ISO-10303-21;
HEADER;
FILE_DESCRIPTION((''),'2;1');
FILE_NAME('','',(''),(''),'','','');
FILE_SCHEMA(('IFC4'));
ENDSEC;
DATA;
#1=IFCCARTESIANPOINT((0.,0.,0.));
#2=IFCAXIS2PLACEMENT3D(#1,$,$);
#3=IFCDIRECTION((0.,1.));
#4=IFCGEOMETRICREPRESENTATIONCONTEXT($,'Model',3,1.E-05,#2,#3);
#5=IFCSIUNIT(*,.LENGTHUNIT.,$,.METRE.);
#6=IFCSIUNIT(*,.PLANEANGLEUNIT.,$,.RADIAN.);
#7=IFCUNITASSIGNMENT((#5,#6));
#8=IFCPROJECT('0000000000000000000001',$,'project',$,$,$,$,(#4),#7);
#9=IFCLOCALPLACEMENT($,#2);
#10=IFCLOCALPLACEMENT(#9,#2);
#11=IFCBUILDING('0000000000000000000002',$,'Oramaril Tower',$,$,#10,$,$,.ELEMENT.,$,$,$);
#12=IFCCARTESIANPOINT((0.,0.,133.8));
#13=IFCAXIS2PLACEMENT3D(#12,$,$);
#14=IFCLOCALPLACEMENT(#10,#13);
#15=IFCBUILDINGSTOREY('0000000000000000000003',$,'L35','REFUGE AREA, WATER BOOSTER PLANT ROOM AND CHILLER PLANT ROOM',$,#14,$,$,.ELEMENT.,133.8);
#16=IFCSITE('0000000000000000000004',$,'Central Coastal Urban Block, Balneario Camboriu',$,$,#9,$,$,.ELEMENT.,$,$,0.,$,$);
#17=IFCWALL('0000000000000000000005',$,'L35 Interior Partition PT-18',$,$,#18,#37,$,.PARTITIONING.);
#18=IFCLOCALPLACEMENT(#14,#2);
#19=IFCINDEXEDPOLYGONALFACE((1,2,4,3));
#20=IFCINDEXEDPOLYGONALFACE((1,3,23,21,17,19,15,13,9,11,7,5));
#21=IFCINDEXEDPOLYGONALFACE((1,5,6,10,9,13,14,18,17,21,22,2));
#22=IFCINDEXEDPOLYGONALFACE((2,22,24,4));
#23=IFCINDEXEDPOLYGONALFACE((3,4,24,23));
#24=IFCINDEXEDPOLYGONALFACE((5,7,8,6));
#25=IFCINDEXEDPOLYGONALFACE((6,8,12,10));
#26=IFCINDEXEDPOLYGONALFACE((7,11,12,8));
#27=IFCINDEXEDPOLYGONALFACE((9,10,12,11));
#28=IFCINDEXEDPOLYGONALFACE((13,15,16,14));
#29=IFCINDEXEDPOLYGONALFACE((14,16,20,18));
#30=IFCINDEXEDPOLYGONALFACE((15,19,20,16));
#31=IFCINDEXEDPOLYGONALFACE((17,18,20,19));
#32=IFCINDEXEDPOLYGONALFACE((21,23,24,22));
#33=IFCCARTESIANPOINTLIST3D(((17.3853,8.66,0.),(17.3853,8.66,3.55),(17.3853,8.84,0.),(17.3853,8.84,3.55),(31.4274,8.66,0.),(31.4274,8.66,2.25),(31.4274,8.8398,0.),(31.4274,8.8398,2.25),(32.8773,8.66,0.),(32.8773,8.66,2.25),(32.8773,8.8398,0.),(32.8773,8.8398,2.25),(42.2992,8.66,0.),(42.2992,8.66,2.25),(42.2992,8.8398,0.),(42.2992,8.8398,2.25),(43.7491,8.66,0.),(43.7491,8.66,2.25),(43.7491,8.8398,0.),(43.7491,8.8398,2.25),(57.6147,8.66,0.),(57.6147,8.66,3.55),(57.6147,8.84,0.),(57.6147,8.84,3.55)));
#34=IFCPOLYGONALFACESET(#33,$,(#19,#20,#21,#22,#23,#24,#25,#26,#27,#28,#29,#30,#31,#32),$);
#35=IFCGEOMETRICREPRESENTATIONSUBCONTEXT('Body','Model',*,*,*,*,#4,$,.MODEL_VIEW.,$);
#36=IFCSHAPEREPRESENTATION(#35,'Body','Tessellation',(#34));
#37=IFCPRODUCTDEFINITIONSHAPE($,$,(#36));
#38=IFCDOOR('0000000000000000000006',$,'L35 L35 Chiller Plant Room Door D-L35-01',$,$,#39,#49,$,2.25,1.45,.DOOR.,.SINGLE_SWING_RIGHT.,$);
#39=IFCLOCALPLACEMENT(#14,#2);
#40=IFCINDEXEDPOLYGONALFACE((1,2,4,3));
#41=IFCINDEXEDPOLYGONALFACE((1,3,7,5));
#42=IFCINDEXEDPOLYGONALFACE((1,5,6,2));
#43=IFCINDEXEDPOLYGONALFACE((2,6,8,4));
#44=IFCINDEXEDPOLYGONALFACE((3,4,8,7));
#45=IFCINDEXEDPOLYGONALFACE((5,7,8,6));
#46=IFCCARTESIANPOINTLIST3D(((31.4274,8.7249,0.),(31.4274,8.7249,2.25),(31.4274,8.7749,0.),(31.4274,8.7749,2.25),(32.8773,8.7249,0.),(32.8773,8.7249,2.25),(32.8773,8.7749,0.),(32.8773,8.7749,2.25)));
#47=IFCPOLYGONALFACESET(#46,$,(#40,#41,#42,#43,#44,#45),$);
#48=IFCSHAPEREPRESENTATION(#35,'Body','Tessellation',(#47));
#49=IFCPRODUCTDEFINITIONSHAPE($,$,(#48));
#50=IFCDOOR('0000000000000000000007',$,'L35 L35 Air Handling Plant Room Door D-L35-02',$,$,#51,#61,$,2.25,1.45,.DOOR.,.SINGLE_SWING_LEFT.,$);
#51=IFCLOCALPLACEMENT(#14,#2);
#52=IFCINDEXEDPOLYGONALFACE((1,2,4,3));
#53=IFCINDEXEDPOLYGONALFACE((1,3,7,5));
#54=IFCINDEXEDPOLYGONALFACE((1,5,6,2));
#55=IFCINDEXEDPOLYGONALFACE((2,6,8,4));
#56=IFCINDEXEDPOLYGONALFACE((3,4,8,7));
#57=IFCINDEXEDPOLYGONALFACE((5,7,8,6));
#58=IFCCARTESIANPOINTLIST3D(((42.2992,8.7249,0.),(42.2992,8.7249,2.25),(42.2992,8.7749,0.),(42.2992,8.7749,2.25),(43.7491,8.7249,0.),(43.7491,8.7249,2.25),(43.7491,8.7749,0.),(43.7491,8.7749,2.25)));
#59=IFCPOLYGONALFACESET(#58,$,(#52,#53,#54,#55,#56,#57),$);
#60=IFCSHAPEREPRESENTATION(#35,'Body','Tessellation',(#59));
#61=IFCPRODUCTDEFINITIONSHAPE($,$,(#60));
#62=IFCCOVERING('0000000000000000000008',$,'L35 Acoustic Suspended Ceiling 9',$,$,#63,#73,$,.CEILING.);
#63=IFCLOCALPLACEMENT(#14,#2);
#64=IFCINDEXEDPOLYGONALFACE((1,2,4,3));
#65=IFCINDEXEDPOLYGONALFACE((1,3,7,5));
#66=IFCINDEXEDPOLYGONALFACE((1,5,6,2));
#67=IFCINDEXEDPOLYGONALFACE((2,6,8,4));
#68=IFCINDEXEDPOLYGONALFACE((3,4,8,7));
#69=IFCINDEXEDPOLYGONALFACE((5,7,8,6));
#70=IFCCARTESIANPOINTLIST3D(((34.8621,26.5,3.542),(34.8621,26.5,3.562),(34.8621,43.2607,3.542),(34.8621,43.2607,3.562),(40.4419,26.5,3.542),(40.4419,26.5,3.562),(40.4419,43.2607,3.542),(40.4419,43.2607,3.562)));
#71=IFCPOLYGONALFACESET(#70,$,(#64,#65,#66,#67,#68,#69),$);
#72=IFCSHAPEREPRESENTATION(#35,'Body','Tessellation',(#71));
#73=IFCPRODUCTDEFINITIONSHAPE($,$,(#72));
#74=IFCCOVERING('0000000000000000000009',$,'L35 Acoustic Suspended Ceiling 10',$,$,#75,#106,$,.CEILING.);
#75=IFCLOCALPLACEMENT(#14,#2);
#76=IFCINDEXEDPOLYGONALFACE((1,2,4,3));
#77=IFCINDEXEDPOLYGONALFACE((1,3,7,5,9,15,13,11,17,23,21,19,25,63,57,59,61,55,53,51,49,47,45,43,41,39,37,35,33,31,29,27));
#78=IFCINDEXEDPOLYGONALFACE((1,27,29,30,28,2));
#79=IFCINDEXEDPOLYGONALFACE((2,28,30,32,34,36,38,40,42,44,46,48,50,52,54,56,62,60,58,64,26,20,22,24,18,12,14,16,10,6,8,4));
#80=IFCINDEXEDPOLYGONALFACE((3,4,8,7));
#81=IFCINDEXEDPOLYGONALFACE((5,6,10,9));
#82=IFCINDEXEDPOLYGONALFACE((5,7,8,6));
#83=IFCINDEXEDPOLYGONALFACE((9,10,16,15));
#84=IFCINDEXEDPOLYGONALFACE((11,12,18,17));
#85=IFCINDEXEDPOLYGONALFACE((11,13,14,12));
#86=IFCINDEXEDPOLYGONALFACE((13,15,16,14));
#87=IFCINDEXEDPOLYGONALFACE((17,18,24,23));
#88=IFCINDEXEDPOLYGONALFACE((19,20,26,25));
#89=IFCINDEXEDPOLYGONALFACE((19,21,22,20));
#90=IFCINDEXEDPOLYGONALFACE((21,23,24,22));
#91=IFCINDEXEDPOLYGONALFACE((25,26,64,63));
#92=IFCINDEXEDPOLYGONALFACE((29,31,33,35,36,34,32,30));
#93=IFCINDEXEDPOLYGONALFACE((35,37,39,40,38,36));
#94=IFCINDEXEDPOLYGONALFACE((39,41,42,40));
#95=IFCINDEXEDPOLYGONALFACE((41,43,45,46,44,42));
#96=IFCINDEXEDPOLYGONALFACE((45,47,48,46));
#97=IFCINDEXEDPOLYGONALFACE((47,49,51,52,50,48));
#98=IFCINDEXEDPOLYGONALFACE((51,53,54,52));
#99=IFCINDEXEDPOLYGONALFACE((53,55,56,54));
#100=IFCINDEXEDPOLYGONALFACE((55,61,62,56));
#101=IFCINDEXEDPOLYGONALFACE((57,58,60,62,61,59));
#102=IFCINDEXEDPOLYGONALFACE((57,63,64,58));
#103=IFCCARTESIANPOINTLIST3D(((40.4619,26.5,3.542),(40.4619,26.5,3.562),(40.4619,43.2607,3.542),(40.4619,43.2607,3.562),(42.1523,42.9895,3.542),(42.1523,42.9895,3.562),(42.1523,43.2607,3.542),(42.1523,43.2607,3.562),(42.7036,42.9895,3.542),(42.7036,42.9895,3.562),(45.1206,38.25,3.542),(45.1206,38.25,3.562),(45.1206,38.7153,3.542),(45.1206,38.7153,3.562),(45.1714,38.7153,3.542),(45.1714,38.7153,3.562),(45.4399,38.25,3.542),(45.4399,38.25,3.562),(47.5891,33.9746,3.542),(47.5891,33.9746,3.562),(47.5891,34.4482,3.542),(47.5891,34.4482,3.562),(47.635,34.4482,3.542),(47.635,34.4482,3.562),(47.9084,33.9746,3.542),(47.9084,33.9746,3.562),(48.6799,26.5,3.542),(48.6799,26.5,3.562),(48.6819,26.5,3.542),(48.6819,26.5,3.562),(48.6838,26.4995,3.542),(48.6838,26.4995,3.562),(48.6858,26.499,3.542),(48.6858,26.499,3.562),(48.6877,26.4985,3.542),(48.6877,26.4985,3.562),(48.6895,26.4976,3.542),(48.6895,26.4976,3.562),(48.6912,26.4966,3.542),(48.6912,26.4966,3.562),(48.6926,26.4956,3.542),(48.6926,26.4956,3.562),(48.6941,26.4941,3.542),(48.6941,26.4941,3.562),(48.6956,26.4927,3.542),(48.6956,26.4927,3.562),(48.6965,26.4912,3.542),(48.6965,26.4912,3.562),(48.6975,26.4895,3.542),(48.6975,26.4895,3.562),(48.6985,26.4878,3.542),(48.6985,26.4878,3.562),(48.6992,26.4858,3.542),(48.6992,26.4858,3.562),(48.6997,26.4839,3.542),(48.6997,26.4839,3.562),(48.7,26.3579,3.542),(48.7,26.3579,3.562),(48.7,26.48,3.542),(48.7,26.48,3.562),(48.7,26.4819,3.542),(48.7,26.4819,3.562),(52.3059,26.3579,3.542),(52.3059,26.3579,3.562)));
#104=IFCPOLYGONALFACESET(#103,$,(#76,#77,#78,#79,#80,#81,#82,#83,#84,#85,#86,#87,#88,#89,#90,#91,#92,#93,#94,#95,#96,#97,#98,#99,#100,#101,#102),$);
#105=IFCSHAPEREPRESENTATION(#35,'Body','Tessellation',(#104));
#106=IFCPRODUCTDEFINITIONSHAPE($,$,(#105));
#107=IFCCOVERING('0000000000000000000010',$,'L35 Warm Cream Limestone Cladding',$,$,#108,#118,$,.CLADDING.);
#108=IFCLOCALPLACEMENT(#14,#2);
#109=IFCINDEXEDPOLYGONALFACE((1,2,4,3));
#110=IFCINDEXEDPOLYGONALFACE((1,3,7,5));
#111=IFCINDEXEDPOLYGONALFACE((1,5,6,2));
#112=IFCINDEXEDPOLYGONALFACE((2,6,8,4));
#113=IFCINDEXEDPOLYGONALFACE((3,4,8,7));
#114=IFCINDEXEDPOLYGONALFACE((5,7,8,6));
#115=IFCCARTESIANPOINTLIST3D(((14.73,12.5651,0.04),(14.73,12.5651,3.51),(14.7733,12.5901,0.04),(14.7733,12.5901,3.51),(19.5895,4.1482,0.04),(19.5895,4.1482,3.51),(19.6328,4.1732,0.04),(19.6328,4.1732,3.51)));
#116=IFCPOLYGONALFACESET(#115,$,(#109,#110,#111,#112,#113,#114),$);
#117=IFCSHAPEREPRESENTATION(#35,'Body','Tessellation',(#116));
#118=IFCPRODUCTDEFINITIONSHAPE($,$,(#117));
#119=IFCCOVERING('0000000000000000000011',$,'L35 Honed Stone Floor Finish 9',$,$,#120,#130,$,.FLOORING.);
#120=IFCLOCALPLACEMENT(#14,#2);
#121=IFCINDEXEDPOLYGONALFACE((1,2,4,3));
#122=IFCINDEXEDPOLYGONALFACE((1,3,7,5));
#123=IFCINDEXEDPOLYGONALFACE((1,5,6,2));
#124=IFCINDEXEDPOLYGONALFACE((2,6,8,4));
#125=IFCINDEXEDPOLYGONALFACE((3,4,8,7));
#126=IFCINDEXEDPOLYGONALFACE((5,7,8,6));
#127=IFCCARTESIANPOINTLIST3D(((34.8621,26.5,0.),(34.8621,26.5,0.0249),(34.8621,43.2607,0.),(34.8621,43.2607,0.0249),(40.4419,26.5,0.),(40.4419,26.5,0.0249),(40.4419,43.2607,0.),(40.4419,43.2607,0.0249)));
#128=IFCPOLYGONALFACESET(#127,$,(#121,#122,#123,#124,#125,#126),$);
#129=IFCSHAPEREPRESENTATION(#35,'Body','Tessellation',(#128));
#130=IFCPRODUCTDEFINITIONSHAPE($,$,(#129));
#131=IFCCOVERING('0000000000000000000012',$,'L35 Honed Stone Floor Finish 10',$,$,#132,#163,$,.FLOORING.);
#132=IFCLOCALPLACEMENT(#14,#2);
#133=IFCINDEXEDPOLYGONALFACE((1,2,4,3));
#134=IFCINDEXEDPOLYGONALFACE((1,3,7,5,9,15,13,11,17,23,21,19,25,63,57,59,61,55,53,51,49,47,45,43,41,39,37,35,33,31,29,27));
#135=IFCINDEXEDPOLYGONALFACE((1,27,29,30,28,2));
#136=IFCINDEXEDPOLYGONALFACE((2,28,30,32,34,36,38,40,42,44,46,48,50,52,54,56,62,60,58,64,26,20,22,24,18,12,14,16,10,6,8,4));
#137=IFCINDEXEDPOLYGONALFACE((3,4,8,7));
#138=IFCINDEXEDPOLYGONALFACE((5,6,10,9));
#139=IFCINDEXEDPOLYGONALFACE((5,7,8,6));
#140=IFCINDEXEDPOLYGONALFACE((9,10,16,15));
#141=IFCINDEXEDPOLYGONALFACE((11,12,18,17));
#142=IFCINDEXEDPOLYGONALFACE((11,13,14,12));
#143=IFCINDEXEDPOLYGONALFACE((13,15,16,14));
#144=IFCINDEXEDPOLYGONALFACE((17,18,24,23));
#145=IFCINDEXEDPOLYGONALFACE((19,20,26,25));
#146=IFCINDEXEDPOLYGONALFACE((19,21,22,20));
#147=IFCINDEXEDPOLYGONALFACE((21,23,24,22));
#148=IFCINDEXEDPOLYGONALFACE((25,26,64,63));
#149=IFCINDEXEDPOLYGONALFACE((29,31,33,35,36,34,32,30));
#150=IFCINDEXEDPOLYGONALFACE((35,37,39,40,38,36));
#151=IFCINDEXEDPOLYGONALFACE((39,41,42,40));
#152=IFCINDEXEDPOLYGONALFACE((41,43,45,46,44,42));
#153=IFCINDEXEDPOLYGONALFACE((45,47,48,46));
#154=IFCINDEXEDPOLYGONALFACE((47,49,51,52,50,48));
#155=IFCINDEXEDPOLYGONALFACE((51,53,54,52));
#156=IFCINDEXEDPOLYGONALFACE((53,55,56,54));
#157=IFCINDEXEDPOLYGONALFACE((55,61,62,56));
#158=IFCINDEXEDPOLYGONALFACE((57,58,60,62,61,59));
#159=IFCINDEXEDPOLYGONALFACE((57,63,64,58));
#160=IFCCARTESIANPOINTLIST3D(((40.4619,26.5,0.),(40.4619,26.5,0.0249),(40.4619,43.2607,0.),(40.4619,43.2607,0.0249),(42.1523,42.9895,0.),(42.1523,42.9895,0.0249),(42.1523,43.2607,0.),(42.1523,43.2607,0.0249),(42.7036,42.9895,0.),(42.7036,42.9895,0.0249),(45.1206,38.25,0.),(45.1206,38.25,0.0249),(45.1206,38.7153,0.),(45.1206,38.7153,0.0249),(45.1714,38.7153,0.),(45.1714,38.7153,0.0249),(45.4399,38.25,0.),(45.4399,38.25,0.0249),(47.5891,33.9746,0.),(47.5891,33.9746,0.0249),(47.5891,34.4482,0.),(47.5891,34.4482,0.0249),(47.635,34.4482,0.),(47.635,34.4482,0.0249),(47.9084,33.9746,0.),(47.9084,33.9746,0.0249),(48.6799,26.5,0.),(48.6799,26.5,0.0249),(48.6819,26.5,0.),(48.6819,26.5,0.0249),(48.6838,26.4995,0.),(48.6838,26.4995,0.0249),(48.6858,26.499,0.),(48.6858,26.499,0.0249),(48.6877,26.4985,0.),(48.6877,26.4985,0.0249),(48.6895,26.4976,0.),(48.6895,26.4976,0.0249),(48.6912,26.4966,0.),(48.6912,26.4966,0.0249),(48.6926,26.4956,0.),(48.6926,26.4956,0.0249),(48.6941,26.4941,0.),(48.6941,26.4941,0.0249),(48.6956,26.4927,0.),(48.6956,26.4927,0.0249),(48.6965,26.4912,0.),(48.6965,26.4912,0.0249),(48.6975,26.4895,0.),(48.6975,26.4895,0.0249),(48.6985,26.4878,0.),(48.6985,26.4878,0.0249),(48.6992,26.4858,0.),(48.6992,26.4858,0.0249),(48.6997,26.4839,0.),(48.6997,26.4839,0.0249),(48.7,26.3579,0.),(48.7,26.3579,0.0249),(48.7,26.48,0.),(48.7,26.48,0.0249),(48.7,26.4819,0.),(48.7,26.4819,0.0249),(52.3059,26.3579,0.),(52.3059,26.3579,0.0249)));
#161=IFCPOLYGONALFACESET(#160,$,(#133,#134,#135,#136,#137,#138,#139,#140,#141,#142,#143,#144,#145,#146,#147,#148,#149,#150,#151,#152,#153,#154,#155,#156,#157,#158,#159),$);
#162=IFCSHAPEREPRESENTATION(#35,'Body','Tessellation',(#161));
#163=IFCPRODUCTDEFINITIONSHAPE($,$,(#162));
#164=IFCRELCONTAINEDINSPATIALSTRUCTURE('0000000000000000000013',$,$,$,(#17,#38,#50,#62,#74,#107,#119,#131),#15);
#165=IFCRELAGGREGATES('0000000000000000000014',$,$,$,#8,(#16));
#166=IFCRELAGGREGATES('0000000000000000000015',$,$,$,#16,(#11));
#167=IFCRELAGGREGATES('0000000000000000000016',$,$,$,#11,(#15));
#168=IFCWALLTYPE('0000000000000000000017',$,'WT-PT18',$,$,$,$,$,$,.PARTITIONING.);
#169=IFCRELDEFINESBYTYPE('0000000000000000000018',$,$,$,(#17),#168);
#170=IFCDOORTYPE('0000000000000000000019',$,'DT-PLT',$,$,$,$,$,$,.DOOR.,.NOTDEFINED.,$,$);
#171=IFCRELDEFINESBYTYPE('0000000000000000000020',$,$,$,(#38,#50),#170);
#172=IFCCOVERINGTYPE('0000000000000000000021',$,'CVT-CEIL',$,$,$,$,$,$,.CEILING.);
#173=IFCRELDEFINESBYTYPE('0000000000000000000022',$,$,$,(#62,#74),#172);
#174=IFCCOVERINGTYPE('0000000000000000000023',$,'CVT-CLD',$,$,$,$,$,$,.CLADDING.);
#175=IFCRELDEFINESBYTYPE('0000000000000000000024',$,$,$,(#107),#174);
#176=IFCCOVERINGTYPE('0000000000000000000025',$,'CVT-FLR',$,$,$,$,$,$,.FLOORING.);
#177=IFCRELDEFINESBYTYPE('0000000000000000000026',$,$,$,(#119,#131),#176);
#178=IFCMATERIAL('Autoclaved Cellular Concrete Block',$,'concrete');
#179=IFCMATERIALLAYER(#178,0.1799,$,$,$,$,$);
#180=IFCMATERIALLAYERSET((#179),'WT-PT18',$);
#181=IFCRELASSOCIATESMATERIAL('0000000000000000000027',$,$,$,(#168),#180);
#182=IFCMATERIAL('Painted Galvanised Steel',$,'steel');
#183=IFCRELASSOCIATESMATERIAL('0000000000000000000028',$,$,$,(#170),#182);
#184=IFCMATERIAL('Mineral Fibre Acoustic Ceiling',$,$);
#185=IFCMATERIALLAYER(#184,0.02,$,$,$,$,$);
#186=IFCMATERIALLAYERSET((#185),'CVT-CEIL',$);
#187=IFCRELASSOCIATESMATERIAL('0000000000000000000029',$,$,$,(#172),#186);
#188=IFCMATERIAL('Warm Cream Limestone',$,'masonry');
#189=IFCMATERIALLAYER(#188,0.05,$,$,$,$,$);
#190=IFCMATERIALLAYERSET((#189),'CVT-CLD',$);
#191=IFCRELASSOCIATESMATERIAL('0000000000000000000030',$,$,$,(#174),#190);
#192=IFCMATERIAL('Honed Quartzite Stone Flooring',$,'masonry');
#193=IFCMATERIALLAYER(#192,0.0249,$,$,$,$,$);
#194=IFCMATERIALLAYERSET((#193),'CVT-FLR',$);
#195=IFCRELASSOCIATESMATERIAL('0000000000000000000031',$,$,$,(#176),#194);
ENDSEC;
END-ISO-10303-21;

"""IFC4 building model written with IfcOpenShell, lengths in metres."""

from ifc_helpers import new_model, si_unit, direction, frame, frame_2d, origin, origin_2d, place, context, subcontext, project, spatial, polyline, rectangle, outline, extrude, material, layer, layer_set, type_object, element, fill, save


model = new_model("IFC4")

# Units and contexts
model_context = context("Model", 3, precision=1e-05, world=origin(), true_north=direction((0.0, 1.0)))
body_context = subcontext(model_context, "Body", "Model", "MODEL_VIEW")
ifc_project = project(units=[si_unit("LENGTHUNIT", "METRE"), si_unit("PLANEANGLEUNIT", "RADIAN")], contexts=[model_context])

# Site, building, storey
site_placement = place(None, origin())
site = spatial("IfcSite", under=ifc_project, at=site_placement, Name="Central Coastal Urban Block, Balneario Camboriu", CompositionType="ELEMENT", RefElevation=0.0)
building_placement = place(site_placement, origin())
building = spatial("IfcBuilding", under=site, at=building_placement, Name="Oramaril Tower", CompositionType="ELEMENT")
storey_placement = place(building_placement, frame((0.0, 0.0, 133.8)))
storey = spatial("IfcBuildingStorey", under=building, at=storey_placement, Name="L35", Description="REFUGE AREA, WATER BOOSTER PLANT ROOM AND CHILLER PLANT ROOM", CompositionType="ELEMENT", Elevation=133.8)

# Wall, openings, doors
ifc_material_1 = material(Name="Autoclaved Cellular Concrete Block", Category="concrete")
ifc_layer_1 = layer(ifc_material_1, 0.1799)
ifc_layer_set_1 = layer_set([ifc_layer_1], Name="WT-PT18")
wall_type_1 = type_object("IfcWallType", Name="WT-PT18", PredefinedType="PARTITIONING", material=ifc_layer_set_1)
wall_1_placement = place(storey_placement, frame((17.3853, 8.75, 0.0), z_axis=(0.0, 0.0, 1.0), x_axis=(1.0, 0.0, 0.0)))
wall_1 = element("IfcWall", 1, at=wall_1_placement, inside=storey, type_object=wall_type_1, Name="L35 Interior Partition PT-18", PredefinedType="PARTITIONING", context=body_context, shape_type="SweptSolid", body=[
    extrude(rectangle(XDim=40.2295, YDim=0.1799, at=frame_2d((20.1147, 0.0))), origin(), (0.0, 0.0, 1.0), 3.55),
])
opening_1_placement = place(wall_1_placement, frame((14.042, 0.0, 0.0)))
opening_1 = element("IfcOpeningElement", 2, at=opening_1_placement, cuts=wall_1, PredefinedType="OPENING", context=body_context, shape_type="SweptSolid", body=[
    extrude(rectangle(XDim=1.45, YDim=2.25, at=frame_2d((0.7251, 1.125))), frame((0.0, 0.0898, 0.0), z_axis=(0.0, -1.0, 0.0), x_axis=(1.0, 0.0, 0.0)), (0.0, 0.0, 1.0), 0.1799),
])
opening_2_placement = place(wall_1_placement, frame((24.9138, 0.0, 0.0)))
opening_2 = element("IfcOpeningElement", 3, at=opening_2_placement, cuts=wall_1, PredefinedType="OPENING", context=body_context, shape_type="SweptSolid", body=[
    extrude(rectangle(XDim=1.45, YDim=2.25, at=frame_2d((0.7251, 1.125))), frame((0.0, 0.0898, 0.0), z_axis=(0.0, -1.0, 0.0), x_axis=(1.0, 0.0, 0.0)), (0.0, 0.0, 1.0), 0.1799),
])
ifc_material_2 = material(Name="Painted Galvanised Steel", Category="steel")
door_type = type_object("IfcDoorType", Name="DT-PLT", OperationType="NOTDEFINED", PredefinedType="DOOR", material=ifc_material_2)
door_1_placement = place(opening_1_placement, origin())
door_1 = element("IfcDoor", 4, at=door_1_placement, inside=storey, type_object=door_type, Name="L35 L35 Chiller Plant Room Door D-L35-01", OperationType="SINGLE_SWING_RIGHT", OverallHeight=2.25, OverallWidth=1.45, PredefinedType="DOOR", context=body_context, shape_type="SweptSolid", body=[
    extrude(rectangle(XDim=1.45, YDim=2.25, at=frame_2d((0.7251, 1.125))), frame((0.0, 0.0249, 0.0), z_axis=(0.0, -1.0, 0.0), x_axis=(1.0, 0.0, 0.0)), (0.0, 0.0, 1.0), 0.05),
])
fill(opening_1, door_1)
door_2_placement = place(opening_2_placement, origin())
door_2 = element("IfcDoor", 5, at=door_2_placement, inside=storey, type_object=door_type, Name="L35 L35 Air Handling Plant Room Door D-L35-02", OperationType="SINGLE_SWING_LEFT", OverallHeight=2.25, OverallWidth=1.45, PredefinedType="DOOR", context=body_context, shape_type="SweptSolid", body=[
    extrude(rectangle(XDim=1.45, YDim=2.25, at=frame_2d((0.7251, 1.125))), frame((0.0, 0.0249, 0.0), z_axis=(0.0, -1.0, 0.0), x_axis=(1.0, 0.0, 0.0)), (0.0, 0.0, 1.0), 0.05),
])
fill(opening_2, door_2)

# Coverings
ifc_material_3 = material(Name="Mineral Fibre Acoustic Ceiling")
ifc_layer_2 = layer(ifc_material_3, 0.02)
ifc_layer_set_2 = layer_set([ifc_layer_2], Name="CVT-CEIL")
covering_type_1 = type_object("IfcCoveringType", Name="CVT-CEIL", PredefinedType="CEILING", material=ifc_layer_set_2)
covering_1_placement = place(storey_placement, frame((0.0, 0.0, 3.542)))
element("IfcCovering", 6, at=covering_1_placement, inside=storey, type_object=covering_type_1, Name="L35 Acoustic Suspended Ceiling 9", PredefinedType="CEILING", context=body_context, shape_type="SweptSolid", body=[
    extrude(outline(polyline([(40.4419, 43.2607), (40.4419, 26.5), (34.8621, 26.5), (34.8621, 43.2607), (40.4419, 43.2607)])), origin(), (0.0, 0.0, 1.0), 0.02),
])
covering_2_placement = place(storey_placement, frame((0.0, 0.0, 3.542)))
element("IfcCovering", 7, at=covering_2_placement, inside=storey, type_object=covering_type_1, Name="L35 Acoustic Suspended Ceiling 10", PredefinedType="CEILING", context=body_context, shape_type="SweptSolid", body=[
    extrude(outline(polyline([(42.1523, 43.2607), (42.1523, 42.9895), (42.7036, 42.9895), (45.1714, 38.7153), (45.1206, 38.7153), (45.1206, 38.25), (45.4399, 38.25), (47.635, 34.4482), (47.5891, 34.4482), (47.5891, 33.9746), (47.9084, 33.9746), (52.3059, 26.3579), (48.7, 26.3579), (48.7, 26.48), (48.7, 26.4819), (48.6997, 26.4839), (48.6992, 26.4858), (48.6985, 26.4878), (48.6975, 26.4895), (48.6965, 26.4912), (48.6956, 26.4927), (48.6941, 26.4941), (48.6926, 26.4956), (48.6912, 26.4966), (48.6895, 26.4976), (48.6877, 26.4985), (48.6858, 26.499), (48.6838, 26.4995), (48.6819, 26.5), (48.6799, 26.5), (40.4619, 26.5), (40.4619, 43.2607), (42.1523, 43.2607)])), origin(), (0.0, 0.0, 1.0), 0.02),
])
ifc_material_4 = material(Name="Warm Cream Limestone", Category="masonry")
ifc_layer_3 = layer(ifc_material_4, 0.05)
ifc_layer_set_3 = layer_set([ifc_layer_3], Name="CVT-CLD")
covering_type_2 = type_object("IfcCoveringType", Name="CVT-CLD", PredefinedType="CLADDING", material=ifc_layer_set_3)
covering_3_placement = place(storey_placement, frame((17.1814, 8.3691, 0.04), z_axis=(0.0, 0.0, 1.0), x_axis=(0.499997, -0.866027, 0.0)))
element("IfcCovering", 8, at=covering_3_placement, inside=storey, type_object=covering_type_2, Name="L35 Warm Cream Limestone Cladding", PredefinedType="CLADDING", context=body_context, shape_type="SweptSolid", body=[
    extrude(rectangle(XDim=9.719, YDim=0.05, at=origin_2d()), origin(), (0.0, 0.0, 1.0), 3.47),
])
ifc_material_5 = material(Name="Honed Quartzite Stone Flooring", Category="masonry")
ifc_layer_4 = layer(ifc_material_5, 0.0249)
ifc_layer_set_4 = layer_set([ifc_layer_4], Name="CVT-FLR")
covering_type_3 = type_object("IfcCoveringType", Name="CVT-FLR", PredefinedType="FLOORING", material=ifc_layer_set_4)
covering_4_placement = place(storey_placement, origin())
element("IfcCovering", 9, at=covering_4_placement, inside=storey, type_object=covering_type_3, Name="L35 Honed Stone Floor Finish 9", PredefinedType="FLOORING", context=body_context, shape_type="SweptSolid", body=[
    extrude(outline(polyline([(40.4419, 43.2607), (40.4419, 26.5), (34.8621, 26.5), (34.8621, 43.2607), (40.4419, 43.2607)])), origin(), (0.0, 0.0, 1.0), 0.0249),
])
covering_5_placement = place(storey_placement, origin())
element("IfcCovering", 10, at=covering_5_placement, inside=storey, type_object=covering_type_3, Name="L35 Honed Stone Floor Finish 10", PredefinedType="FLOORING", context=body_context, shape_type="SweptSolid", body=[
    extrude(outline(polyline([(42.1523, 43.2607), (42.1523, 42.9895), (42.7036, 42.9895), (45.1714, 38.7153), (45.1206, 38.7153), (45.1206, 38.25), (45.4399, 38.25), (47.635, 34.4482), (47.5891, 34.4482), (47.5891, 33.9746), (47.9084, 33.9746), (52.3059, 26.3579), (48.7, 26.3579), (48.7, 26.48), (48.7, 26.4819), (48.6997, 26.4839), (48.6992, 26.4858), (48.6985, 26.4878), (48.6975, 26.4895), (48.6965, 26.4912), (48.6956, 26.4927), (48.6941, 26.4941), (48.6926, 26.4956), (48.6912, 26.4966), (48.6895, 26.4976), (48.6877, 26.4985), (48.6858, 26.499), (48.6838, 26.4995), (48.6819, 26.5), (48.6799, 26.5), (40.4619, 26.5), (40.4619, 43.2607), (42.1523, 43.2607)])), origin(), (0.0, 0.0, 1.0), 0.0249),
])

save(model, "model.ifc")
